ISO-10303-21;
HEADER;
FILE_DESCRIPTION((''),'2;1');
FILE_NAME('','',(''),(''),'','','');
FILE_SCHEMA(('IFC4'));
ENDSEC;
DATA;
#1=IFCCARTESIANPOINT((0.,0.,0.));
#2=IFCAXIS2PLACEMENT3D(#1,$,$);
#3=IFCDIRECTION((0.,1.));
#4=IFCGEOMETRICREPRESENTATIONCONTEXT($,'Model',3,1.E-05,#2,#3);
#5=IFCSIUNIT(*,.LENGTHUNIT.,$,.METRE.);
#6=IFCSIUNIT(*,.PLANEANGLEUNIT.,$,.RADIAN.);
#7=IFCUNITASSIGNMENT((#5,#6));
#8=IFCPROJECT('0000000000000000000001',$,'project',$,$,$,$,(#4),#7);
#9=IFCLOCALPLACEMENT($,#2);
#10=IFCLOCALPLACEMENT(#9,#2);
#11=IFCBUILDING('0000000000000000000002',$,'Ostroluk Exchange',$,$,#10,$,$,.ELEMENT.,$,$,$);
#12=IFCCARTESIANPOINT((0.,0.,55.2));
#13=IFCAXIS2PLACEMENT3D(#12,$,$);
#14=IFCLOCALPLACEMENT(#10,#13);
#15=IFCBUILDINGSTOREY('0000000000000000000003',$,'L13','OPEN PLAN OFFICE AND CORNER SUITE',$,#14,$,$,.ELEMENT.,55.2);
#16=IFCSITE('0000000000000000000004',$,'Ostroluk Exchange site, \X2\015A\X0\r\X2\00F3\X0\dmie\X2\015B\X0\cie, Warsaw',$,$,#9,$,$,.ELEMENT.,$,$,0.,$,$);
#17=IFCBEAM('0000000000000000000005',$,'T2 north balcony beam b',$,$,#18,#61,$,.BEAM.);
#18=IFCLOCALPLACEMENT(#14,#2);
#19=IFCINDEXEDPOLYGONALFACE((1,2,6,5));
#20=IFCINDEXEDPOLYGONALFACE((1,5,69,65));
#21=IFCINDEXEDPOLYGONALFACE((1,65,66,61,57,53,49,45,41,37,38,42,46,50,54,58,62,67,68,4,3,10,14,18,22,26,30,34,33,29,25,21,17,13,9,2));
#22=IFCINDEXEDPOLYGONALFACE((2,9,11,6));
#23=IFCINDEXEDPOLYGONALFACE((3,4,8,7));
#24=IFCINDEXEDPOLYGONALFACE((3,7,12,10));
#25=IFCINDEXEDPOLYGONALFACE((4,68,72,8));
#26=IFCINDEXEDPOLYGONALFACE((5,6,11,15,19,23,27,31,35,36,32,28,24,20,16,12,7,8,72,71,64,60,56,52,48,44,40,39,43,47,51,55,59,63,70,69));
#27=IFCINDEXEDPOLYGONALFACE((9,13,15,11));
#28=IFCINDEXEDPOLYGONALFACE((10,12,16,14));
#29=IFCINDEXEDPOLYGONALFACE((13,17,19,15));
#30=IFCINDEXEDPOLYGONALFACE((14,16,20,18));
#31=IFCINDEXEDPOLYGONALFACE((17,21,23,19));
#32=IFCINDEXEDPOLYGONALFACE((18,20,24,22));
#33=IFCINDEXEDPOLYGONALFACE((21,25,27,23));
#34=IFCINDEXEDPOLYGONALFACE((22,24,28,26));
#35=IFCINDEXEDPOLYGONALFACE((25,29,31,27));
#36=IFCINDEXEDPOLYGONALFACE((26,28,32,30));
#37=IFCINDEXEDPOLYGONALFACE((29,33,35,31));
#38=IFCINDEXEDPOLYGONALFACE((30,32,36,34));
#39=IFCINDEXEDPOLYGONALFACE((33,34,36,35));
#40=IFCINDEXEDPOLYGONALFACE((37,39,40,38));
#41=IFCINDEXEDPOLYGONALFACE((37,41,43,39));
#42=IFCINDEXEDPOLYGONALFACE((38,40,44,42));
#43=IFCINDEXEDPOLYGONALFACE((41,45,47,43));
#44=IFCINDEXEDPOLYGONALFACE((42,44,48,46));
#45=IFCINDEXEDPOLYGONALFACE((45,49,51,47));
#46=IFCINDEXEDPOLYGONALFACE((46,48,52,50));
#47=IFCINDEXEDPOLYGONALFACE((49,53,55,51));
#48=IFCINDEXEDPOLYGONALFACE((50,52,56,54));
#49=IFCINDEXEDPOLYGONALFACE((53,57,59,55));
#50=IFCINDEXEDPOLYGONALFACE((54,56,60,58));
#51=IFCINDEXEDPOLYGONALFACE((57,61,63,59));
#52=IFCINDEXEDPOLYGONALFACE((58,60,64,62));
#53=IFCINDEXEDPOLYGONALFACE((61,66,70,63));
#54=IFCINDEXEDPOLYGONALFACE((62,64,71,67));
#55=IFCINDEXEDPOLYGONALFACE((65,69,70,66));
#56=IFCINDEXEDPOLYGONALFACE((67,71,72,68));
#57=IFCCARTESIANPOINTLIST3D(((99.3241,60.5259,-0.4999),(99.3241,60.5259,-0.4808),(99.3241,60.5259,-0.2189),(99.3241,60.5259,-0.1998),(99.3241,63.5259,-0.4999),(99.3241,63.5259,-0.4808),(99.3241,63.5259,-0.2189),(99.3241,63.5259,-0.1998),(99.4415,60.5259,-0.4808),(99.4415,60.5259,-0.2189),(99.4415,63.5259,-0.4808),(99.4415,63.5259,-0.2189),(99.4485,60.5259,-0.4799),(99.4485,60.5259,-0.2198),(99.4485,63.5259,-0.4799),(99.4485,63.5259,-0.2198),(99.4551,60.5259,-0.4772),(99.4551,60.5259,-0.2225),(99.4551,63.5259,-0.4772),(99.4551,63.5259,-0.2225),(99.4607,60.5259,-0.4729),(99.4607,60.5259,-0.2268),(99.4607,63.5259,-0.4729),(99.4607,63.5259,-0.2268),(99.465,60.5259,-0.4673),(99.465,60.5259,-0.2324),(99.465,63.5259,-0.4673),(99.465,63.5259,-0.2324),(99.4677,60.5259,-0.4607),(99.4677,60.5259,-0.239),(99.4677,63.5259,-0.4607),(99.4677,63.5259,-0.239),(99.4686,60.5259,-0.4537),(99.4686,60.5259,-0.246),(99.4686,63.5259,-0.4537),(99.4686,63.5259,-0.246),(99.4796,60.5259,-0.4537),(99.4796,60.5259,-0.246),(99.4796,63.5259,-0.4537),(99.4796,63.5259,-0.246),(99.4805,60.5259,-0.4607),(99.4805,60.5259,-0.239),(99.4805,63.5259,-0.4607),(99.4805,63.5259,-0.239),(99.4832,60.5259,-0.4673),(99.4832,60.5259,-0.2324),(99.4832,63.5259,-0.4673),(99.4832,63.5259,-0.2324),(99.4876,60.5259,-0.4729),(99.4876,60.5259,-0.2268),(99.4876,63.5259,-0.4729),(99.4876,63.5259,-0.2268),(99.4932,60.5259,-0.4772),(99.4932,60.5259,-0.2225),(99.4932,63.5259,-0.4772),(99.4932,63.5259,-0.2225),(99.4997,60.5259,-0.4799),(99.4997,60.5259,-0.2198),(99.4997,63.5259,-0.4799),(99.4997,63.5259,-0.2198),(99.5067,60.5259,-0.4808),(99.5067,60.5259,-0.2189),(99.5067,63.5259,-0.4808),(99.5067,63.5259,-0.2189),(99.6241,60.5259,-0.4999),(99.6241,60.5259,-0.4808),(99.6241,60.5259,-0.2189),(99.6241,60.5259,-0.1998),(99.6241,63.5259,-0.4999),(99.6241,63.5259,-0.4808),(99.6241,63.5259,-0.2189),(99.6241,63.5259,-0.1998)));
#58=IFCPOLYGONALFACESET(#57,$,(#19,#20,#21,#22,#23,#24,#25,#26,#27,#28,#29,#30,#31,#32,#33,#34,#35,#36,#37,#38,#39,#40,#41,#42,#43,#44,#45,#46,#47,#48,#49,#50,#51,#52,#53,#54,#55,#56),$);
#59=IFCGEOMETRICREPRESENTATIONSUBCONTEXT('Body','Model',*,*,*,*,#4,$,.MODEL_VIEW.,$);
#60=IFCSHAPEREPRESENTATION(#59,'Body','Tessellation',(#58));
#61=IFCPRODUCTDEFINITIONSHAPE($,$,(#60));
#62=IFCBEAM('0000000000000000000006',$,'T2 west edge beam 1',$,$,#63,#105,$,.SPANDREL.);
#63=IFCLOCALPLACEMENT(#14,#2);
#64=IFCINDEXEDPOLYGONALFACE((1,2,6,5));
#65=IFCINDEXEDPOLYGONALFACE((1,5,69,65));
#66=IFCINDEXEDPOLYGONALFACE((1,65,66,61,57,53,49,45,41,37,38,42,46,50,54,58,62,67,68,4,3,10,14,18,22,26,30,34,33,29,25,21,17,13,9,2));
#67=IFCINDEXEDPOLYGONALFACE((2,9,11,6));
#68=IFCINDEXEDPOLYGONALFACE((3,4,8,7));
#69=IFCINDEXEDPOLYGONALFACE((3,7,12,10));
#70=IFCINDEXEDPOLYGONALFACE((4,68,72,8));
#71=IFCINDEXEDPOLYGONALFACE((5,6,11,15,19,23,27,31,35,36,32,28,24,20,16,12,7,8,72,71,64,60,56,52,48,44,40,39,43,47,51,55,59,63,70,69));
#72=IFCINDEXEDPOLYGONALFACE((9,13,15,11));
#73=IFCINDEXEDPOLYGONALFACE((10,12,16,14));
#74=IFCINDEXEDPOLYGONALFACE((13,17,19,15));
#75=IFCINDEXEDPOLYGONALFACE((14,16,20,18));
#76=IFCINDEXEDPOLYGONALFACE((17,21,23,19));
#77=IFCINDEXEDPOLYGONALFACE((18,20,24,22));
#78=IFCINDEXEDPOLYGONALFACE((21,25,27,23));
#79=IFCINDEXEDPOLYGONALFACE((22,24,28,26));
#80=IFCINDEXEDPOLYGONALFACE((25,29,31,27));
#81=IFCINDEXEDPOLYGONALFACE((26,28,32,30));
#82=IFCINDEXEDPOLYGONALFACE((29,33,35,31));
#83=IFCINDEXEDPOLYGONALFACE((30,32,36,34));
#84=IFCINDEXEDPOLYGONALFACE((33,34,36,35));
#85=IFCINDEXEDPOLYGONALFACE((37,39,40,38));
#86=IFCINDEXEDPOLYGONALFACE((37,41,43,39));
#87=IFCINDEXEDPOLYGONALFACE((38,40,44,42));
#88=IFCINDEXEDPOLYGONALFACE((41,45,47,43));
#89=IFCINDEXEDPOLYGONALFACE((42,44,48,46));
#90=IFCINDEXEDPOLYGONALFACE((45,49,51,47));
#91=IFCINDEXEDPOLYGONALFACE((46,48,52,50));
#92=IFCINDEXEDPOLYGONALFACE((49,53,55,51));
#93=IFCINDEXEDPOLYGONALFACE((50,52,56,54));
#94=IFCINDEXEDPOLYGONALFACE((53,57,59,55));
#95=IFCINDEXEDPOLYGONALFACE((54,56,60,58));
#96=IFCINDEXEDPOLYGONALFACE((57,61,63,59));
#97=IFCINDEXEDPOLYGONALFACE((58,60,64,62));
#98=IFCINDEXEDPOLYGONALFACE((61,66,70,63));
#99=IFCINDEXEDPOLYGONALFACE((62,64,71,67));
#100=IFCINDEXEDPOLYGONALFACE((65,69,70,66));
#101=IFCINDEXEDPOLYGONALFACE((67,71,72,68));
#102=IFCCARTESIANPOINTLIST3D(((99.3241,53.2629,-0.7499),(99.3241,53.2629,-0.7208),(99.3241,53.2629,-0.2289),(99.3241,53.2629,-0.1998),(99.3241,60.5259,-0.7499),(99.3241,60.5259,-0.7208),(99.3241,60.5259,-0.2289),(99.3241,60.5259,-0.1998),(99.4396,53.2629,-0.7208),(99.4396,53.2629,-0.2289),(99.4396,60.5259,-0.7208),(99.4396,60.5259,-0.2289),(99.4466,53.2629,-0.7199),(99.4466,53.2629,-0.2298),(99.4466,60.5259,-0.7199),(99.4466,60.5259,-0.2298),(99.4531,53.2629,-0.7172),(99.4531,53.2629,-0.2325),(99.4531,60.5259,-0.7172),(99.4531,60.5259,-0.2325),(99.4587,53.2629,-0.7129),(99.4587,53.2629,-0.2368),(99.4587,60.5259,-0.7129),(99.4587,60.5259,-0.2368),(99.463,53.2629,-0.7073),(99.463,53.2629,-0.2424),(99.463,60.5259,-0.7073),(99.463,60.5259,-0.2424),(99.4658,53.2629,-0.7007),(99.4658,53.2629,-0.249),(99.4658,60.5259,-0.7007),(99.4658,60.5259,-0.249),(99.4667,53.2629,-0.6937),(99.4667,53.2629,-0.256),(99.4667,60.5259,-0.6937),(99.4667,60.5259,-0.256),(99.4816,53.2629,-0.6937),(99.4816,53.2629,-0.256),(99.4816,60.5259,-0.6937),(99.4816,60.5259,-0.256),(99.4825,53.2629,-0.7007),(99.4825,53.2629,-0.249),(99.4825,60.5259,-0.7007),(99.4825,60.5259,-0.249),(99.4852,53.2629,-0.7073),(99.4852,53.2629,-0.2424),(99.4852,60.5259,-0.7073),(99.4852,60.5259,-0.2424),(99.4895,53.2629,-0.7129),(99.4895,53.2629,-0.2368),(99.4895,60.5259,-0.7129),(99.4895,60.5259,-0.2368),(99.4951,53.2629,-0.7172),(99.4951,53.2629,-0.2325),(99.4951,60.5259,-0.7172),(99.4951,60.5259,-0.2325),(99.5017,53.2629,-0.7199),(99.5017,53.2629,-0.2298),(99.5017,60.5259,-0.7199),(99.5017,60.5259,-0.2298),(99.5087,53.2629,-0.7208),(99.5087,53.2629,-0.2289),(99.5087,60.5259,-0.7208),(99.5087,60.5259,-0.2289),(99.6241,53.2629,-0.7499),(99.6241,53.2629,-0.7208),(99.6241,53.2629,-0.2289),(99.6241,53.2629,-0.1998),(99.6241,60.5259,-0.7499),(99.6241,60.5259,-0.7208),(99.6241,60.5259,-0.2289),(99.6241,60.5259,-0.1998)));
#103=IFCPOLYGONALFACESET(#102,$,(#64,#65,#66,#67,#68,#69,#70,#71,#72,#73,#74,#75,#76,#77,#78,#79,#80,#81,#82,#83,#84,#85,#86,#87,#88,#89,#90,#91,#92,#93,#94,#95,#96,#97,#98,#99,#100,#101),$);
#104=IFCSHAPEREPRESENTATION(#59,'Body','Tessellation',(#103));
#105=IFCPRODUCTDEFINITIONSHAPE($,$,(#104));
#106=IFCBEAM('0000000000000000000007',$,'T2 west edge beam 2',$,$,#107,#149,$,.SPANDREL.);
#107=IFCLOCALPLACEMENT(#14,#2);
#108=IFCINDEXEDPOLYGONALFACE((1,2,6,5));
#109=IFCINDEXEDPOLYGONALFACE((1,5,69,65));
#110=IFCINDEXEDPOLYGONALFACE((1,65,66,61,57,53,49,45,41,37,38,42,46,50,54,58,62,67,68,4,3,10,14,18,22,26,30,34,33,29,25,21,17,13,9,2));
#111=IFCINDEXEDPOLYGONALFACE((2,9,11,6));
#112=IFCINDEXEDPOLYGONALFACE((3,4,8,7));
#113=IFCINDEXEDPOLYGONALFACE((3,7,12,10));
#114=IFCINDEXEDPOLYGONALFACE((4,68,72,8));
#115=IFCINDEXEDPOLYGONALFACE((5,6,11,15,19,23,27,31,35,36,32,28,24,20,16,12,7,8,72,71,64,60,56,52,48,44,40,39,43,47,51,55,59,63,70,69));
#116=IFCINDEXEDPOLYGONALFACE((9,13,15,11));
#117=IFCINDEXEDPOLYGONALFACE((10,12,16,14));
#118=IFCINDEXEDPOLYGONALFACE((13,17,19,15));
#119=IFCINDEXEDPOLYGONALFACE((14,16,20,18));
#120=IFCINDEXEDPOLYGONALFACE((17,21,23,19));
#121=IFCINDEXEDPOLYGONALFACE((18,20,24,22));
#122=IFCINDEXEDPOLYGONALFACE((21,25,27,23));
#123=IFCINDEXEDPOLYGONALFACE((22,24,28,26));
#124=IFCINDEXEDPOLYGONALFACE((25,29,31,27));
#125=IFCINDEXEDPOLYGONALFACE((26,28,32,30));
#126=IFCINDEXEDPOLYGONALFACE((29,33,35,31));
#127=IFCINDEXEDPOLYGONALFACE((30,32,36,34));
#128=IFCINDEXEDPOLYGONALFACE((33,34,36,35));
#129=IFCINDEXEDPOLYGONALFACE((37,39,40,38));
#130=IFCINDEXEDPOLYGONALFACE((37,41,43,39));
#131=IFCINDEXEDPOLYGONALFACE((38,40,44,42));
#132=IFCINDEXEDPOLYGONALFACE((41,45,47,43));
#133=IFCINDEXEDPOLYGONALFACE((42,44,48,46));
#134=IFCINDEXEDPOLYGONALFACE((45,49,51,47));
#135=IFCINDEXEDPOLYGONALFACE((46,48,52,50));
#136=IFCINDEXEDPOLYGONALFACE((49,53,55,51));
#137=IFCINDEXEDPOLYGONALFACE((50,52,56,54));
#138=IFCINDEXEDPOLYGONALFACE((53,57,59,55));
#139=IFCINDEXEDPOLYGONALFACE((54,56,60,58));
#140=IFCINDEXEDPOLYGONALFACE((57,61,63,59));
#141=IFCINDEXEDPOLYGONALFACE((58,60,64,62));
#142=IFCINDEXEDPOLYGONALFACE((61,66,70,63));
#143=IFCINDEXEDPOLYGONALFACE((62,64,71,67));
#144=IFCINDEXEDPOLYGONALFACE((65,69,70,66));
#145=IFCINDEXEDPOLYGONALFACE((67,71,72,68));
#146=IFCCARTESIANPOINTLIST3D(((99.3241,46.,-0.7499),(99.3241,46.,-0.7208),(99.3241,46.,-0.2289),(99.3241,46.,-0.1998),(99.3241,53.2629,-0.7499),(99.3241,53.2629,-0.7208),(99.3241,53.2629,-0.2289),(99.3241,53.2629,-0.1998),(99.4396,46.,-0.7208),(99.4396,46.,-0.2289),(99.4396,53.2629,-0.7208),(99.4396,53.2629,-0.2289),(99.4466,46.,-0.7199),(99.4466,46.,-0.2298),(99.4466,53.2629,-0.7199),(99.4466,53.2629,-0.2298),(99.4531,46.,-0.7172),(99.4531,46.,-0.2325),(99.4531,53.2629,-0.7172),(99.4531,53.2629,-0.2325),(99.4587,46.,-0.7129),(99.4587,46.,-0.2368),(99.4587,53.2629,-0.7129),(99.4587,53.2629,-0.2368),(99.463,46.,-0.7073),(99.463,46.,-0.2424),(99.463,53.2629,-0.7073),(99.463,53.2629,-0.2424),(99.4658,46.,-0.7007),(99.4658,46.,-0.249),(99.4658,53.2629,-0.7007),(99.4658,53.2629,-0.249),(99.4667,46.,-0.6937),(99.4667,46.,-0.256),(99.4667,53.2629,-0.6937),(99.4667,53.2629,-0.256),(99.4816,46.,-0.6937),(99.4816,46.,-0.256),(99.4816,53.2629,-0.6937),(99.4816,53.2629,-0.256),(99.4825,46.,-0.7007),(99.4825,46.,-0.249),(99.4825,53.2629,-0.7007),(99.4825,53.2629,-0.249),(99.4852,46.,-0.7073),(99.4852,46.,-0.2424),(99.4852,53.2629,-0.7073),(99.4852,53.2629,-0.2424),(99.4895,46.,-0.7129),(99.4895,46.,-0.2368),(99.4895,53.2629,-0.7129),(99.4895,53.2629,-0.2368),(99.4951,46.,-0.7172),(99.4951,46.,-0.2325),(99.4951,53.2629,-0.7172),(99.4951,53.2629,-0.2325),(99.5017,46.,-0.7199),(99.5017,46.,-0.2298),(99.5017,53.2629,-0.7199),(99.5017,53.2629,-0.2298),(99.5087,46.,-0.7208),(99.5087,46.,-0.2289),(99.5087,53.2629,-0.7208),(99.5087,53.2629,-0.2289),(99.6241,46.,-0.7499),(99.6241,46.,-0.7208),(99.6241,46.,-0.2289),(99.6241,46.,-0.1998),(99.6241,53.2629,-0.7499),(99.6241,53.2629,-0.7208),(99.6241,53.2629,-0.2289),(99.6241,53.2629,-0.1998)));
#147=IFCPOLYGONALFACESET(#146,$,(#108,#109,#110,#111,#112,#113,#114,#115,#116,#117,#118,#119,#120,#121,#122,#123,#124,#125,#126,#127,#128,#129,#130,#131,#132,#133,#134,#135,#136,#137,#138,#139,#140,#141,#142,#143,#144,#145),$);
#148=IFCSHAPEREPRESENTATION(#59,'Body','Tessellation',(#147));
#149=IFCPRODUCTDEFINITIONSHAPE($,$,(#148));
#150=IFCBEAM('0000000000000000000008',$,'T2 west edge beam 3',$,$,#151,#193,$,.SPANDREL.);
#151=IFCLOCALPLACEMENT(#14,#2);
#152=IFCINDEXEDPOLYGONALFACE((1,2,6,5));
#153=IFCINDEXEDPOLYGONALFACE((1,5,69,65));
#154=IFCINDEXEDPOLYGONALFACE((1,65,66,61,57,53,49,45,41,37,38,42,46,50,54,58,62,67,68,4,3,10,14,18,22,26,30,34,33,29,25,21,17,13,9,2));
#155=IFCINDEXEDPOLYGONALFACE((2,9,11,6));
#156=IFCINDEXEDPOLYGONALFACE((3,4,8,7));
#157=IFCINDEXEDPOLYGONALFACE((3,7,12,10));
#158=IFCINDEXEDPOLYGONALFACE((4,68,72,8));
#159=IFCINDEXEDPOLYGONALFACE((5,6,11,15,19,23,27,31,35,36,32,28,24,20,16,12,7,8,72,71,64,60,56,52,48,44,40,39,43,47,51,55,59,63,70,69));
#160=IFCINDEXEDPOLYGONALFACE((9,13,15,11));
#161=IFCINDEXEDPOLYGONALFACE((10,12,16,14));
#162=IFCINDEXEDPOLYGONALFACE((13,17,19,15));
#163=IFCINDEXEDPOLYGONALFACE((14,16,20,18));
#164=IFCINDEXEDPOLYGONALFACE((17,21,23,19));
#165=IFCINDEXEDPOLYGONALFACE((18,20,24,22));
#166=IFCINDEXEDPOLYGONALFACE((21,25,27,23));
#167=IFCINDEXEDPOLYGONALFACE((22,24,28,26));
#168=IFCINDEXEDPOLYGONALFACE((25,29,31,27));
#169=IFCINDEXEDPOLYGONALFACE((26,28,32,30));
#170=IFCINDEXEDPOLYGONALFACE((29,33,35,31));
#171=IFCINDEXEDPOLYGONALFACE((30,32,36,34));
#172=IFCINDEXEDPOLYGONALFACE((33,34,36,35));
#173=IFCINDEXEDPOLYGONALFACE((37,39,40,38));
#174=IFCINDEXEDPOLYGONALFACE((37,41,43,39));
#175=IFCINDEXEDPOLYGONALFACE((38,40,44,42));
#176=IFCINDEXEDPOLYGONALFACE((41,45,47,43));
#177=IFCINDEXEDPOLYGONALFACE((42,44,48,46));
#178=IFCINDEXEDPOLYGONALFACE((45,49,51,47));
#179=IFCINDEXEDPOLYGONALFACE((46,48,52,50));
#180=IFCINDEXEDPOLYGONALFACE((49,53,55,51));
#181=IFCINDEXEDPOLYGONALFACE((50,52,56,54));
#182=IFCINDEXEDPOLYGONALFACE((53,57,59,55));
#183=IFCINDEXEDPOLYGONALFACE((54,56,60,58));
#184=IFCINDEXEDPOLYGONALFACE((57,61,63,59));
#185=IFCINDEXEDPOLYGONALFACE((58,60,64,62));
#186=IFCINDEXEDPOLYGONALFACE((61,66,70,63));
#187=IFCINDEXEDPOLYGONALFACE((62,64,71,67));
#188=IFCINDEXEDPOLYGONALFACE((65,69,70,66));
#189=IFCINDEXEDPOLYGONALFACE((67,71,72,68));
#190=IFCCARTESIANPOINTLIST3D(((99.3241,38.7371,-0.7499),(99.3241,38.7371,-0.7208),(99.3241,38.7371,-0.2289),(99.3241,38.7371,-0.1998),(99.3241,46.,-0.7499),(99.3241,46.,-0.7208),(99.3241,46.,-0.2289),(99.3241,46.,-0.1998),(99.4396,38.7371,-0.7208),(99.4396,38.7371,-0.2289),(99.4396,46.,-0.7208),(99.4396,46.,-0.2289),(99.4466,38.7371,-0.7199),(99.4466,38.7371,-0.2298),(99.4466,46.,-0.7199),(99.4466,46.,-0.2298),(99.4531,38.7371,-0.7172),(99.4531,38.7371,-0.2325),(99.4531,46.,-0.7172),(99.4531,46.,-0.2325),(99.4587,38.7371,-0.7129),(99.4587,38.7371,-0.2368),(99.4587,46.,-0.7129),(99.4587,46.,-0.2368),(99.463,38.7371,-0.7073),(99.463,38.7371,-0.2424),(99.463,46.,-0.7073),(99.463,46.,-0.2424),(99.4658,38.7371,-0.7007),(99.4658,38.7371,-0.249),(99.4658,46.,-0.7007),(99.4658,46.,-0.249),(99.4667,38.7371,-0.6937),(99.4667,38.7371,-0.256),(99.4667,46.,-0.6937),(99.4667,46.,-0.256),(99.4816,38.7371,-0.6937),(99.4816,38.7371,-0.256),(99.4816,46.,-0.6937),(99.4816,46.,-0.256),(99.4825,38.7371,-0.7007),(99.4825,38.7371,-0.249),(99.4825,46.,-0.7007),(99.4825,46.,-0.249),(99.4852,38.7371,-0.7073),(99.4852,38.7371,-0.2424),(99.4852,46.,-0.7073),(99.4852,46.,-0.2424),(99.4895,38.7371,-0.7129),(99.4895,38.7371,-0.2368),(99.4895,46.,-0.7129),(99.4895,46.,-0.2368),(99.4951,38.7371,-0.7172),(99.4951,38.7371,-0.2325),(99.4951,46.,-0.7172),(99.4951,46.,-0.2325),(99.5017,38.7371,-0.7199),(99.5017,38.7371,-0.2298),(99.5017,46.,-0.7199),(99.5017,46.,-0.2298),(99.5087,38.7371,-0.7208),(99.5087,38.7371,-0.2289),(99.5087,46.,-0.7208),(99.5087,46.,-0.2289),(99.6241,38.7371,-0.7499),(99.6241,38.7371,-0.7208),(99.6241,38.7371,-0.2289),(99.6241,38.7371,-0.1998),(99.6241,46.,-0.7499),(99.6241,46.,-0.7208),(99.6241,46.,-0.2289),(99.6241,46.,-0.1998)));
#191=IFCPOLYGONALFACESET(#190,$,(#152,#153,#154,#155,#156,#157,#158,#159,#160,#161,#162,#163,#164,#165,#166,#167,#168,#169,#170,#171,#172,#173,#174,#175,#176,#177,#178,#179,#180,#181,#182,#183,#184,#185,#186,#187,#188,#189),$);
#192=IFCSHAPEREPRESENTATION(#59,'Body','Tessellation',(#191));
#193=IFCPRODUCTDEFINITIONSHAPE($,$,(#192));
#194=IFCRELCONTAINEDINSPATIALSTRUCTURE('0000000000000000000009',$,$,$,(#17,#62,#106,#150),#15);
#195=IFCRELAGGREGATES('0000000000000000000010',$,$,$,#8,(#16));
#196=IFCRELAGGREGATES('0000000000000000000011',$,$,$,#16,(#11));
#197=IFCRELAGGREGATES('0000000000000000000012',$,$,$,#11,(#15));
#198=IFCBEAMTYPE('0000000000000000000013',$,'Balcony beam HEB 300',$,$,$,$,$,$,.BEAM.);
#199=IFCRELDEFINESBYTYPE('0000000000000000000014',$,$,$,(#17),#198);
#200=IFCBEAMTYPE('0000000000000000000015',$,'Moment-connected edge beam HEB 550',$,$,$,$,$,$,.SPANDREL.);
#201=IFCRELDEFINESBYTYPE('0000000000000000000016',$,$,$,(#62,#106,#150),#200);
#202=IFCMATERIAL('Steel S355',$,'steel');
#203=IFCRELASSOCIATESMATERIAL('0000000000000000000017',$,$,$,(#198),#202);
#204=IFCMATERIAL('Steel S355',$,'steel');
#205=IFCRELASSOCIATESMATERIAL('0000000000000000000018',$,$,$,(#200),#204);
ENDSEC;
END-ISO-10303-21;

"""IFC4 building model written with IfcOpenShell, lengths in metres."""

from ifc_helpers import new_model, si_unit, direction, frame, origin, origin_2d, place, context, subcontext, project, spatial, i_section, extrude, material, material_profile, profile_set, type_object, element, save


model = new_model("IFC4")

# Units and contexts
model_context = context("Model", 3, precision=1e-05, world=origin(), true_north=direction((0.0, 1.0)))
body_context = subcontext(model_context, "Body", "Model", "MODEL_VIEW")
ifc_project = project(units=[si_unit("LENGTHUNIT", "METRE"), si_unit("PLANEANGLEUNIT", "RADIAN")], contexts=[model_context])

# Site, building, storey
site_placement = place(None, origin())
site = spatial("IfcSite", under=ifc_project, at=site_placement, Name="Ostroluk Exchange site, Śródmieście, Warsaw", CompositionType="ELEMENT", RefElevation=0.0)
building_placement = place(site_placement, origin())
building = spatial("IfcBuilding", under=site, at=building_placement, Name="Ostroluk Exchange", CompositionType="ELEMENT")
storey_placement = place(building_placement, frame((0.0, 0.0, 55.2)))
storey = spatial("IfcBuildingStorey", under=building, at=storey_placement, Name="L13", Description="OPEN PLAN OFFICE AND CORNER SUITE", CompositionType="ELEMENT", Elevation=55.2)

# Beams
ifc_material_1 = material(Name="Steel S355", Category="steel")
ifc_material_profile_1 = material_profile(ifc_material_1, i_section(OverallWidth=0.3, OverallDepth=0.3, WebThickness=0.011, FlangeThickness=0.019, FilletRadius=0.0271, at=origin_2d()), Name="HEB 300")
ifc_profile_set_1 = profile_set([ifc_material_profile_1], Name="Steel S355")
beam_type_1 = type_object("IfcBeamType", Name="Balcony beam HEB 300", PredefinedType="BEAM", material=ifc_profile_set_1)
beam_placement = place(storey_placement, frame((99.4741, 60.5259, -0.3499), z_axis=(0.0, 1.0, 0.0), x_axis=(-1.0, 0.0, 0.0)))
element("IfcBeam", 1, at=beam_placement, inside=storey, type_object=beam_type_1, Name="T2 north balcony beam b", PredefinedType="BEAM", context=body_context, shape_type="SweptSolid", body=[
    extrude(i_section(OverallWidth=0.3, OverallDepth=0.3, WebThickness=0.011, FlangeThickness=0.019, FilletRadius=0.0271, at=origin_2d()), origin(), (0.0, 0.0, 1.0), 3.0),
])
ifc_material_2 = material(Name="Steel S355", Category="steel")
ifc_material_profile_2 = material_profile(ifc_material_2, i_section(OverallWidth=0.3, OverallDepth=0.55, WebThickness=0.0149, FlangeThickness=0.0291, FilletRadius=0.0271, at=origin_2d()), Name="HEB 550")
ifc_profile_set_2 = profile_set([ifc_material_profile_2], Name="Steel S355")
beam_type_2 = type_object("IfcBeamType", Name="Moment-connected edge beam HEB 550", PredefinedType="SPANDREL", material=ifc_profile_set_2)
for number, where, z_axis, x_axis, name in (
    (2, (99.4741, 60.5259, -0.4749), (0.0, -1.0, 0.0), (1.0, 0.0, 0.0), "T2 west edge beam 1"),
    (3, (99.4741, 53.2629, -0.4749), (0.0, -1.0, 0.0), (1.0, 0.0, 0.0), "T2 west edge beam 2"),
    (4, (99.4741, 46.0, -0.4749), (0.0, -1.0, 0.0), (1.0, 0.0, 0.0), "T2 west edge beam 3"),
):
    element("IfcBeam", number, at=place(storey_placement, frame(where, z_axis=z_axis, x_axis=x_axis)), inside=storey, type_object=beam_type_2, Name=name, PredefinedType="SPANDREL", context=body_context, shape_type="SweptSolid", body=[
        extrude(i_section(OverallWidth=0.3, OverallDepth=0.55, WebThickness=0.0149, FlangeThickness=0.0291, FilletRadius=0.0271, at=origin_2d()), origin(), (0.0, 0.0, 1.0), 7.2629),
    ])

save(model, "model.ifc")
